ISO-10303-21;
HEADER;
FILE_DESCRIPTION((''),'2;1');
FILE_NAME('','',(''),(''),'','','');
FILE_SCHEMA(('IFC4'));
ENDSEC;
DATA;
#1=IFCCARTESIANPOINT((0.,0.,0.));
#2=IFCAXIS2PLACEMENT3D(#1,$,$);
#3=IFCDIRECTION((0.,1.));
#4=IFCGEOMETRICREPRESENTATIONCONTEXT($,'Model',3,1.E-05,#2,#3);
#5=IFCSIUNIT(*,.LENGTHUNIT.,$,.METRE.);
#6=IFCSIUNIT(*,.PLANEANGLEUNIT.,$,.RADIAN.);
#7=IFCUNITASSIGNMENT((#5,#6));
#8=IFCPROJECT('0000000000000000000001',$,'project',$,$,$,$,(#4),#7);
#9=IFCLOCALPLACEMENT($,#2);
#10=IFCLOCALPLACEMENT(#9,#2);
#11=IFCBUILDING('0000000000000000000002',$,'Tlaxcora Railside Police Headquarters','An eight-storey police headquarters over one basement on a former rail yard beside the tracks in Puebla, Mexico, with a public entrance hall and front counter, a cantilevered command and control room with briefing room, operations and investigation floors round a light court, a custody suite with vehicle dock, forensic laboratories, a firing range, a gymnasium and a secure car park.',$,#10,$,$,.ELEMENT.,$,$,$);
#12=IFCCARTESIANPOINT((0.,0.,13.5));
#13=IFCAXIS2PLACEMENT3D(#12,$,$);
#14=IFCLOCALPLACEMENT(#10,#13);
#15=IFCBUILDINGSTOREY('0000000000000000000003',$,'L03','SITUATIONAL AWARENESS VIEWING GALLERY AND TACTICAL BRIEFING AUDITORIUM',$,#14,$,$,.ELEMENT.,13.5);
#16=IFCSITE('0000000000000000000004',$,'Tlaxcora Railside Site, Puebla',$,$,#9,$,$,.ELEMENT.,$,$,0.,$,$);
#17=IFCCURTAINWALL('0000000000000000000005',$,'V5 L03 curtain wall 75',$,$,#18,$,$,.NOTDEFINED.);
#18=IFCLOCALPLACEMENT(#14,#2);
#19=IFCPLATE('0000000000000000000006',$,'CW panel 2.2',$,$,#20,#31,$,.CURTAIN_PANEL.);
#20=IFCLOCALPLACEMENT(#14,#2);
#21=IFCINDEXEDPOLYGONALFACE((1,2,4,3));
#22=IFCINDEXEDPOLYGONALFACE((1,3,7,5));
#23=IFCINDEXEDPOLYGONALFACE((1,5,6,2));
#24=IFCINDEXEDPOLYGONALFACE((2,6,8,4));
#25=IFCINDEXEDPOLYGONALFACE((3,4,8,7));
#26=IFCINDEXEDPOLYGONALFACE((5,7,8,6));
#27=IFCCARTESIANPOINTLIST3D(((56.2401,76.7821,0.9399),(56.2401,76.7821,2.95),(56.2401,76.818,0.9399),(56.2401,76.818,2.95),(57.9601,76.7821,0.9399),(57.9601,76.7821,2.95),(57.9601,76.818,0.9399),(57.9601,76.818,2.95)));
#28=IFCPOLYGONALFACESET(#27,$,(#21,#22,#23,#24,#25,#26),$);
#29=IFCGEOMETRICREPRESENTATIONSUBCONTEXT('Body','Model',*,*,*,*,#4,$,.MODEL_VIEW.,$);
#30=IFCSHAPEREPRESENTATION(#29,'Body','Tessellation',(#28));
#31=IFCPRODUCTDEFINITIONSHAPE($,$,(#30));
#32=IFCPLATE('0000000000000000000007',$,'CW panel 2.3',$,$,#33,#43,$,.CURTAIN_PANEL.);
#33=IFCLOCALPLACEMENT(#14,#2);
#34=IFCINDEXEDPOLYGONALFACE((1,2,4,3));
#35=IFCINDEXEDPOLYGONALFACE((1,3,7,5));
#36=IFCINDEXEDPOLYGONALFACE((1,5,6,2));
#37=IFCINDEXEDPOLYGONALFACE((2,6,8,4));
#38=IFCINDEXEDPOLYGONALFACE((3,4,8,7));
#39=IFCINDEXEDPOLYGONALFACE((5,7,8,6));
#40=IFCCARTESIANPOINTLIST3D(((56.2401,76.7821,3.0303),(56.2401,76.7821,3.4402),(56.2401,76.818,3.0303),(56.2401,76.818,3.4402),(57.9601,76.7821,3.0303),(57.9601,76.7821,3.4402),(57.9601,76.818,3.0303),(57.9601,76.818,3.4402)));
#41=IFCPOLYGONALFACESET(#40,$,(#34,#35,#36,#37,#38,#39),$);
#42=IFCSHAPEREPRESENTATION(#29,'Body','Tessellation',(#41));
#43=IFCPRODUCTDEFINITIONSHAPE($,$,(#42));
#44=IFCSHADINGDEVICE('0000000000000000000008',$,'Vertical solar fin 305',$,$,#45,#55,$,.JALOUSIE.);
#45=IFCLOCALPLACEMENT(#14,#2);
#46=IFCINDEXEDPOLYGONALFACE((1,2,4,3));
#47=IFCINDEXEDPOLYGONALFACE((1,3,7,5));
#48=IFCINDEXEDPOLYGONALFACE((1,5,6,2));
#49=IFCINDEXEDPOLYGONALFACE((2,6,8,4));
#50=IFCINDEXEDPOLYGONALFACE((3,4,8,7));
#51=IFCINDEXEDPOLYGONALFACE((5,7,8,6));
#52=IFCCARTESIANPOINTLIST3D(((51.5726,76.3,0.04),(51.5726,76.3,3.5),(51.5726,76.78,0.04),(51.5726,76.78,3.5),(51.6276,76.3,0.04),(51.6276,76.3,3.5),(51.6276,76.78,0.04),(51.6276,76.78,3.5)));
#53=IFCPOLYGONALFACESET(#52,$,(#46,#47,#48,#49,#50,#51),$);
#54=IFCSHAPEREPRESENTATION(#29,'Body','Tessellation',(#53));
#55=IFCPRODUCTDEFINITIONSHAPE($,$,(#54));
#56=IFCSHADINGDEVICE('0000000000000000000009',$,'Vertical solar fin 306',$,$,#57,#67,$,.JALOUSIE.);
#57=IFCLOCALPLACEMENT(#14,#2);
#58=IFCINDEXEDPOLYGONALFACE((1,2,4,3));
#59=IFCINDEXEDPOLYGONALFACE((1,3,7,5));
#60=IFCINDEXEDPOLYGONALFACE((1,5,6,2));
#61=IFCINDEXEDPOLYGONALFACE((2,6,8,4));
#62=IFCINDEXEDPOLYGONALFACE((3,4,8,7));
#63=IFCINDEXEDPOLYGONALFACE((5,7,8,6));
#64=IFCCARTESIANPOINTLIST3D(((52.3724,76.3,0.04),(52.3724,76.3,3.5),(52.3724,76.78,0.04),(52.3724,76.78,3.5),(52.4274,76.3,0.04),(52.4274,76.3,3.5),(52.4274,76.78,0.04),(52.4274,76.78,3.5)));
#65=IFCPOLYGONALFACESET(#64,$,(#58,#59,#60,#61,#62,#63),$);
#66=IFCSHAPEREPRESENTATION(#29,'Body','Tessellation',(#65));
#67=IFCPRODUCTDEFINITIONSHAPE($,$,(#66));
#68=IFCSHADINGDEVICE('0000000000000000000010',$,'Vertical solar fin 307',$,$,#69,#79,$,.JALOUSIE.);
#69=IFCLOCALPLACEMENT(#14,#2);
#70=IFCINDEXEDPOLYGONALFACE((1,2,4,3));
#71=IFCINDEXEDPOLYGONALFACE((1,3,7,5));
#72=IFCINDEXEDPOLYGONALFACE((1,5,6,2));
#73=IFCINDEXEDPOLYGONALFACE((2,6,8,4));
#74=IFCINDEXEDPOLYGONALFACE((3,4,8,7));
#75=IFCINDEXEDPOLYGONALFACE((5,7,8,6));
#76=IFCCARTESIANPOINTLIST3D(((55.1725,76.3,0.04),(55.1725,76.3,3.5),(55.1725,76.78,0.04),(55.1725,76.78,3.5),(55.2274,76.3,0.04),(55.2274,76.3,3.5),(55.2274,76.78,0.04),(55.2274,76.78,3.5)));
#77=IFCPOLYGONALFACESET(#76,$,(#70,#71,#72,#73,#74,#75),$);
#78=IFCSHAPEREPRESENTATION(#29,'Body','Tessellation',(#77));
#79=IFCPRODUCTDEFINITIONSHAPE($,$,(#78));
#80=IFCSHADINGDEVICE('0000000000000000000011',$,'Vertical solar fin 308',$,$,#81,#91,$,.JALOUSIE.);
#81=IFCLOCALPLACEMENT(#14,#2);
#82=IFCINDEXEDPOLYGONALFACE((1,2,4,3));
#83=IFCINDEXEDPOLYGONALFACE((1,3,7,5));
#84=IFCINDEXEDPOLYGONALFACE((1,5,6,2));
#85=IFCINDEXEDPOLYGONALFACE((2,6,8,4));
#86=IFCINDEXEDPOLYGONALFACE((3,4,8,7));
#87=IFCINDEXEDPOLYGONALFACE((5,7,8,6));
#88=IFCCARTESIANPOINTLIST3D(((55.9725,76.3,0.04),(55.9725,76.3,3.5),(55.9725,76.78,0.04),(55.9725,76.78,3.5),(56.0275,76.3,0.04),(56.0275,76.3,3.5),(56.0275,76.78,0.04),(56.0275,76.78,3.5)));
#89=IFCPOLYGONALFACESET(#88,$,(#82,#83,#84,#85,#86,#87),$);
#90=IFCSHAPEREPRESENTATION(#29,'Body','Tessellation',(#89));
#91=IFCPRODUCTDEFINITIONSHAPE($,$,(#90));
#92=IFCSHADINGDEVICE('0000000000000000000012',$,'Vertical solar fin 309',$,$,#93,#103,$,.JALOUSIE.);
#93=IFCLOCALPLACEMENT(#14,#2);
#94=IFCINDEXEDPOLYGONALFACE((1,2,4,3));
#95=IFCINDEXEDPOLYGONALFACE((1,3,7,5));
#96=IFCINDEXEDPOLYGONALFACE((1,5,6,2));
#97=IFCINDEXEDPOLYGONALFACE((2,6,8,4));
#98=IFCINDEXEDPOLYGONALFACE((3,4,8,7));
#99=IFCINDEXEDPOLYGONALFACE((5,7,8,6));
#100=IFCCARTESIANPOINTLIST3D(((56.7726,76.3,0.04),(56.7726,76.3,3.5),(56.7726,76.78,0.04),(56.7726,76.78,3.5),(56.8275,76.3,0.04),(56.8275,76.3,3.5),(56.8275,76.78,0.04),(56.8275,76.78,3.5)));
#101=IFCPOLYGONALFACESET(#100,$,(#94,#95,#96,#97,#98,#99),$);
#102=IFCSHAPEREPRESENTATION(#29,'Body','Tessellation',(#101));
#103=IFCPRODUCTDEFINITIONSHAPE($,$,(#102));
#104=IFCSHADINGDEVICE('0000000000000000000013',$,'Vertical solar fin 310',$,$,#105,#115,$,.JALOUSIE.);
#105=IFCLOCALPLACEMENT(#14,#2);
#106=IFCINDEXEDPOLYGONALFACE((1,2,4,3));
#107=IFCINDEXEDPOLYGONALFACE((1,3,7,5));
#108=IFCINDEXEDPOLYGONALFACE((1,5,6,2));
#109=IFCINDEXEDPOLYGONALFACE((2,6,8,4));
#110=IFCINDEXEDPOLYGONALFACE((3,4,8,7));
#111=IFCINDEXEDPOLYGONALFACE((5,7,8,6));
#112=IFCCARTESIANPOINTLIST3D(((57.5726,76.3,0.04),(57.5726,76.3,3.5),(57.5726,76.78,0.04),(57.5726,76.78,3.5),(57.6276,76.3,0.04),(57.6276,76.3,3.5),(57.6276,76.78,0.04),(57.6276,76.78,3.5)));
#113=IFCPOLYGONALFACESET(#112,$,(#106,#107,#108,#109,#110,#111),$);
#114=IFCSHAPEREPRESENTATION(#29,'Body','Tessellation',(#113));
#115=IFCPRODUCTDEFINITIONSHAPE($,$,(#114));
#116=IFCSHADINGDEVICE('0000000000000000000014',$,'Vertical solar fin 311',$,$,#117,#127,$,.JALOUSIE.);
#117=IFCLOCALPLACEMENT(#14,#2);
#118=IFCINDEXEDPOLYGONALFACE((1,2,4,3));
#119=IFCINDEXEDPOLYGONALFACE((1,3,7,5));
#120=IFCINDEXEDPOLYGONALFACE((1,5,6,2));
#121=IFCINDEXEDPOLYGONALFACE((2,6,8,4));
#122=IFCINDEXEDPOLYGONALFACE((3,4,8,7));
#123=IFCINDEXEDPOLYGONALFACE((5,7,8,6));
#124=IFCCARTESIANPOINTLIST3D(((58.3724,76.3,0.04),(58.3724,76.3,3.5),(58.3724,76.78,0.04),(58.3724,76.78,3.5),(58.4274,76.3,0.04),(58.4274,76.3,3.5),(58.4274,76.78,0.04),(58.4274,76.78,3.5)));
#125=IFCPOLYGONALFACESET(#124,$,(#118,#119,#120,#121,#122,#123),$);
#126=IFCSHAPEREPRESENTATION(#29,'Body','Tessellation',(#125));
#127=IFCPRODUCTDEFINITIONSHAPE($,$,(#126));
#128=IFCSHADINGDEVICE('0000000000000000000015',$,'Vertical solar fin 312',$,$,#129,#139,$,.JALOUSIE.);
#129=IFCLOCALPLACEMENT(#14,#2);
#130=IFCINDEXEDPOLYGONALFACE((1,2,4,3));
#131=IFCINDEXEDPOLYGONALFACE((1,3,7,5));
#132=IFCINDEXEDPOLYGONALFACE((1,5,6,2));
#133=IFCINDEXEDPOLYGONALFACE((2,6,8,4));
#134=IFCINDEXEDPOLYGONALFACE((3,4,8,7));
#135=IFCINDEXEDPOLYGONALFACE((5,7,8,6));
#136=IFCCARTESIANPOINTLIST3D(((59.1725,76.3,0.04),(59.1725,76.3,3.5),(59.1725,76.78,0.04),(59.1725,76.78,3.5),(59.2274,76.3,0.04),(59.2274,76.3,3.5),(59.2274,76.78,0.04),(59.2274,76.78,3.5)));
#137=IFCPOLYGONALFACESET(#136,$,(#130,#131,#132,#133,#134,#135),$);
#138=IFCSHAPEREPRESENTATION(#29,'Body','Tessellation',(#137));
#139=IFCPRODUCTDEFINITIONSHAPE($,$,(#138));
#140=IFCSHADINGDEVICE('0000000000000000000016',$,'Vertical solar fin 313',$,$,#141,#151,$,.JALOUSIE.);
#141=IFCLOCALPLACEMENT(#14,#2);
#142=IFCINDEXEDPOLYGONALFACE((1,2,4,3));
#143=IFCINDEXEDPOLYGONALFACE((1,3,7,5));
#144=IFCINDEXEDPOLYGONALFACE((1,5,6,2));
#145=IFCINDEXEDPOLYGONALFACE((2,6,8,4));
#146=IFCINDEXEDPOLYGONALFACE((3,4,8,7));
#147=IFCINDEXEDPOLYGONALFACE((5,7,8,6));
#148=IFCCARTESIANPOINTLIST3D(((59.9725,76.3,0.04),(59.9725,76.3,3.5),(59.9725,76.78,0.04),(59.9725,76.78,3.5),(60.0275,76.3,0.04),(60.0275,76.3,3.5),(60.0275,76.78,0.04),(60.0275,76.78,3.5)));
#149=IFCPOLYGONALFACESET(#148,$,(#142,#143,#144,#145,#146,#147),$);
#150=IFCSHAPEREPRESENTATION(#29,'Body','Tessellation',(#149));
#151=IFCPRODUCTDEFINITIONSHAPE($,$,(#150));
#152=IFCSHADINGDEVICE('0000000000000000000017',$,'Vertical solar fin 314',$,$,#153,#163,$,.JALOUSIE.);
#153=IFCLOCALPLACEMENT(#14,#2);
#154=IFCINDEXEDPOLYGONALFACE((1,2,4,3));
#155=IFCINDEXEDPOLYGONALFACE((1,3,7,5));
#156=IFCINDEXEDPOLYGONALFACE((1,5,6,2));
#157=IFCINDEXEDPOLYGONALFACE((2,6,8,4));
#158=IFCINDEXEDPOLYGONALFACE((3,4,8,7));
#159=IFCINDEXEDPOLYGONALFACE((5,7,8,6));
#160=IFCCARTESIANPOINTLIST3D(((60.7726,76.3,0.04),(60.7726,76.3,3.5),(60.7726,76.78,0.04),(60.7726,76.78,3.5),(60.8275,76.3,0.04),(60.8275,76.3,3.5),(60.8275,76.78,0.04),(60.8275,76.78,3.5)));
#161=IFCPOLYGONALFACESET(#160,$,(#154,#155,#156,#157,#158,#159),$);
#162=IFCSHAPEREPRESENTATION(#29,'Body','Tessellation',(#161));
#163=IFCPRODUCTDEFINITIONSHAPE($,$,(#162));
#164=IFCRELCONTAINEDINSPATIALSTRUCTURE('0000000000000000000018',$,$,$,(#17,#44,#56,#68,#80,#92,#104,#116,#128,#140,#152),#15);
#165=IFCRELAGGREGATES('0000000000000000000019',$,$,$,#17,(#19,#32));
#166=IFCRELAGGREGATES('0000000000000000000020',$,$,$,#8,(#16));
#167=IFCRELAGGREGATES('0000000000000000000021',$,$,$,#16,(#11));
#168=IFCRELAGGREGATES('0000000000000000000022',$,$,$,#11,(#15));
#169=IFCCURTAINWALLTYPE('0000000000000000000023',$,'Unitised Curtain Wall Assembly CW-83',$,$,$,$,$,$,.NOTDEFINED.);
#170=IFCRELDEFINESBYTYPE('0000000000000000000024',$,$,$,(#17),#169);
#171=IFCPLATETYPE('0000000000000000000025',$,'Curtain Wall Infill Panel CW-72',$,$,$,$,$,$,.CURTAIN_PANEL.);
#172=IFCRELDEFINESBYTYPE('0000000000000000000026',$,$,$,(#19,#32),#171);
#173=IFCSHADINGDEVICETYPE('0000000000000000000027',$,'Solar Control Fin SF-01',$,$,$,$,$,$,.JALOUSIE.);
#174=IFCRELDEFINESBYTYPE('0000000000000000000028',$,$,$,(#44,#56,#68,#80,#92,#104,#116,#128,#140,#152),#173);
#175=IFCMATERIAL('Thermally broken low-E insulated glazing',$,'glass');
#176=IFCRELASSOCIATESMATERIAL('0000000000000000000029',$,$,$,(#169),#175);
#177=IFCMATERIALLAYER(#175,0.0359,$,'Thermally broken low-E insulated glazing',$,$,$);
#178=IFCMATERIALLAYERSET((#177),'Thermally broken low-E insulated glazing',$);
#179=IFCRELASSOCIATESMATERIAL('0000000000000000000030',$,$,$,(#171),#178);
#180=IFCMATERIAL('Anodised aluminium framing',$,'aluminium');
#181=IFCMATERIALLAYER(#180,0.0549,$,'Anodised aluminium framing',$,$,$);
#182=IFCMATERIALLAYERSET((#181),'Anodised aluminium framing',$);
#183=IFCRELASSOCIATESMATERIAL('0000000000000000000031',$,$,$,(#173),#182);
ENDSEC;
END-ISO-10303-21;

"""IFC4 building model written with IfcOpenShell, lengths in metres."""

from ifc_helpers import new_model, si_unit, direction, frame, origin, origin_2d, place, context, subcontext, project, spatial, rectangle, extrude, material, layer, layer_set, type_object, element, aggregate, save


model = new_model("IFC4")

# Units and contexts
model_context = context("Model", 3, precision=1e-05, world=origin(), true_north=direction((0.0, 1.0)))
body_context = subcontext(model_context, "Body", "Model", "MODEL_VIEW")
ifc_project = project(units=[si_unit("LENGTHUNIT", "METRE"), si_unit("PLANEANGLEUNIT", "RADIAN")], contexts=[model_context])

# Site, building, storey
site_placement = place(None, origin())
site = spatial("IfcSite", under=ifc_project, at=site_placement, Name="Tlaxcora Railside Site, Puebla", CompositionType="ELEMENT", RefElevation=0.0)
building_placement = place(site_placement, origin())
building = spatial("IfcBuilding", under=site, at=building_placement, Name="Tlaxcora Railside Police Headquarters", Description="An eight-storey police headquarters over one basement on a former rail yard beside the tracks in Puebla, Mexico, with a public entrance hall and front counter, a cantilevered command and control room with briefing room, operations and investigation floors round a light court, a custody suite with vehicle dock, forensic laboratories, a firing range, a gymnasium and a secure car park.", CompositionType="ELEMENT")
storey_placement = place(building_placement, frame((0.0, 0.0, 13.5)))
storey = spatial("IfcBuildingStorey", under=building, at=storey_placement, Name="L03", Description="SITUATIONAL AWARENESS VIEWING GALLERY AND TACTICAL BRIEFING AUDITORIUM", CompositionType="ELEMENT", Elevation=13.5)

# Curtain wall
ifc_material_1 = material(Name="Thermally broken low-E insulated glazing", Category="glass")
ifc_material_2 = material(Name="Anodised aluminium framing", Category="aluminium")
curtain_wall_type_1 = type_object("IfcCurtainWallType", Name="Unitised Curtain Wall Assembly CW-83", PredefinedType="NOTDEFINED", material=ifc_material_1)
curtain_wall_1_placement = place(storey_placement, origin())
curtain_wall_1 = element("IfcCurtainWall", 1, at=curtain_wall_1_placement, inside=storey, type_object=curtain_wall_type_1, Name="V5 L03 curtain wall 75", PredefinedType="NOTDEFINED")

# Plates
ifc_layer_1 = layer(ifc_material_1, 0.0359, Name="Thermally broken low-E insulated glazing")
ifc_layer_set_1 = layer_set([ifc_layer_1], Name="Thermally broken low-E insulated glazing")
plate_type_1 = type_object("IfcPlateType", Name="Curtain Wall Infill Panel CW-72", PredefinedType="CURTAIN_PANEL", material=ifc_layer_set_1)
plate_1_placement = place(storey_placement, frame((57.1001, 76.8, 0.9399), z_axis=(0.0, 0.0, 1.0), x_axis=(1.0, 0.0, 0.0)))
plate_1 = element("IfcPlate", 2, at=plate_1_placement, type_object=plate_type_1, Name="CW panel 2.2", PredefinedType="CURTAIN_PANEL", context=body_context, shape_type="SweptSolid", body=[
    extrude(rectangle(XDim=1.72, YDim=0.0359, at=origin_2d()), origin(), (0.0, 0.0, 1.0), 2.01),
])
plate_2_placement = place(storey_placement, frame((57.1001, 76.8, 3.0303), z_axis=(0.0, 0.0, 1.0), x_axis=(1.0, 0.0, 0.0)))
plate_2 = element("IfcPlate", 3, at=plate_2_placement, type_object=plate_type_1, Name="CW panel 2.3", PredefinedType="CURTAIN_PANEL", context=body_context, shape_type="SweptSolid", body=[
    extrude(rectangle(XDim=1.72, YDim=0.0359, at=origin_2d()), origin(), (0.0, 0.0, 1.0), 0.4099),
])
aggregate(curtain_wall_1, [plate_1, plate_2])

# Shading devices
ifc_layer_2 = layer(ifc_material_2, 0.0549, Name="Anodised aluminium framing")
ifc_layer_set_2 = layer_set([ifc_layer_2], Name="Anodised aluminium framing")
shading_device_type = type_object("IfcShadingDeviceType", Name="Solar Control Fin SF-01", PredefinedType="JALOUSIE", material=ifc_layer_set_2)
for number, where, z_axis, x_axis, name in (
    (4, (51.6001, 76.54, 0.04), (0.0, 0.0, 1.0), (0.0, -1.0, 0.0), "Vertical solar fin 305"),
    (5, (52.3999, 76.54, 0.04), (0.0, 0.0, 1.0), (0.0, -1.0, 0.0), "Vertical solar fin 306"),
    (6, (55.2, 76.54, 0.04), (0.0, 0.0, 1.0), (0.0, -1.0, 0.0), "Vertical solar fin 307"),
    (7, (56.0, 76.54, 0.04), (0.0, 0.0, 1.0), (0.0, -1.0, 0.0), "Vertical solar fin 308"),
    (8, (56.8, 76.54, 0.04), (0.0, 0.0, 1.0), (0.0, -1.0, 0.0), "Vertical solar fin 309"),
    (9, (57.6001, 76.54, 0.04), (0.0, 0.0, 1.0), (0.0, -1.0, 0.0), "Vertical solar fin 310"),
    (10, (58.3999, 76.54, 0.04), (0.0, 0.0, 1.0), (0.0, -1.0, 0.0), "Vertical solar fin 311"),
    (11, (59.2, 76.54, 0.04), (0.0, 0.0, 1.0), (0.0, -1.0, 0.0), "Vertical solar fin 312"),
    (12, (60.0, 76.54, 0.04), (0.0, 0.0, 1.0), (0.0, -1.0, 0.0), "Vertical solar fin 313"),
    (13, (60.8, 76.54, 0.04), (0.0, 0.0, 1.0), (0.0, -1.0, 0.0), "Vertical solar fin 314"),
):
    element("IfcShadingDevice", number, at=place(storey_placement, frame(where, z_axis=z_axis, x_axis=x_axis)), inside=storey, type_object=shading_device_type, Name=name, PredefinedType="JALOUSIE", context=body_context, shape_type="SweptSolid", body=[
        extrude(rectangle(XDim=0.48, YDim=0.0549, at=origin_2d()), origin(), (0.0, 0.0, 1.0), 3.46),
    ])

save(model, "model.ifc")
